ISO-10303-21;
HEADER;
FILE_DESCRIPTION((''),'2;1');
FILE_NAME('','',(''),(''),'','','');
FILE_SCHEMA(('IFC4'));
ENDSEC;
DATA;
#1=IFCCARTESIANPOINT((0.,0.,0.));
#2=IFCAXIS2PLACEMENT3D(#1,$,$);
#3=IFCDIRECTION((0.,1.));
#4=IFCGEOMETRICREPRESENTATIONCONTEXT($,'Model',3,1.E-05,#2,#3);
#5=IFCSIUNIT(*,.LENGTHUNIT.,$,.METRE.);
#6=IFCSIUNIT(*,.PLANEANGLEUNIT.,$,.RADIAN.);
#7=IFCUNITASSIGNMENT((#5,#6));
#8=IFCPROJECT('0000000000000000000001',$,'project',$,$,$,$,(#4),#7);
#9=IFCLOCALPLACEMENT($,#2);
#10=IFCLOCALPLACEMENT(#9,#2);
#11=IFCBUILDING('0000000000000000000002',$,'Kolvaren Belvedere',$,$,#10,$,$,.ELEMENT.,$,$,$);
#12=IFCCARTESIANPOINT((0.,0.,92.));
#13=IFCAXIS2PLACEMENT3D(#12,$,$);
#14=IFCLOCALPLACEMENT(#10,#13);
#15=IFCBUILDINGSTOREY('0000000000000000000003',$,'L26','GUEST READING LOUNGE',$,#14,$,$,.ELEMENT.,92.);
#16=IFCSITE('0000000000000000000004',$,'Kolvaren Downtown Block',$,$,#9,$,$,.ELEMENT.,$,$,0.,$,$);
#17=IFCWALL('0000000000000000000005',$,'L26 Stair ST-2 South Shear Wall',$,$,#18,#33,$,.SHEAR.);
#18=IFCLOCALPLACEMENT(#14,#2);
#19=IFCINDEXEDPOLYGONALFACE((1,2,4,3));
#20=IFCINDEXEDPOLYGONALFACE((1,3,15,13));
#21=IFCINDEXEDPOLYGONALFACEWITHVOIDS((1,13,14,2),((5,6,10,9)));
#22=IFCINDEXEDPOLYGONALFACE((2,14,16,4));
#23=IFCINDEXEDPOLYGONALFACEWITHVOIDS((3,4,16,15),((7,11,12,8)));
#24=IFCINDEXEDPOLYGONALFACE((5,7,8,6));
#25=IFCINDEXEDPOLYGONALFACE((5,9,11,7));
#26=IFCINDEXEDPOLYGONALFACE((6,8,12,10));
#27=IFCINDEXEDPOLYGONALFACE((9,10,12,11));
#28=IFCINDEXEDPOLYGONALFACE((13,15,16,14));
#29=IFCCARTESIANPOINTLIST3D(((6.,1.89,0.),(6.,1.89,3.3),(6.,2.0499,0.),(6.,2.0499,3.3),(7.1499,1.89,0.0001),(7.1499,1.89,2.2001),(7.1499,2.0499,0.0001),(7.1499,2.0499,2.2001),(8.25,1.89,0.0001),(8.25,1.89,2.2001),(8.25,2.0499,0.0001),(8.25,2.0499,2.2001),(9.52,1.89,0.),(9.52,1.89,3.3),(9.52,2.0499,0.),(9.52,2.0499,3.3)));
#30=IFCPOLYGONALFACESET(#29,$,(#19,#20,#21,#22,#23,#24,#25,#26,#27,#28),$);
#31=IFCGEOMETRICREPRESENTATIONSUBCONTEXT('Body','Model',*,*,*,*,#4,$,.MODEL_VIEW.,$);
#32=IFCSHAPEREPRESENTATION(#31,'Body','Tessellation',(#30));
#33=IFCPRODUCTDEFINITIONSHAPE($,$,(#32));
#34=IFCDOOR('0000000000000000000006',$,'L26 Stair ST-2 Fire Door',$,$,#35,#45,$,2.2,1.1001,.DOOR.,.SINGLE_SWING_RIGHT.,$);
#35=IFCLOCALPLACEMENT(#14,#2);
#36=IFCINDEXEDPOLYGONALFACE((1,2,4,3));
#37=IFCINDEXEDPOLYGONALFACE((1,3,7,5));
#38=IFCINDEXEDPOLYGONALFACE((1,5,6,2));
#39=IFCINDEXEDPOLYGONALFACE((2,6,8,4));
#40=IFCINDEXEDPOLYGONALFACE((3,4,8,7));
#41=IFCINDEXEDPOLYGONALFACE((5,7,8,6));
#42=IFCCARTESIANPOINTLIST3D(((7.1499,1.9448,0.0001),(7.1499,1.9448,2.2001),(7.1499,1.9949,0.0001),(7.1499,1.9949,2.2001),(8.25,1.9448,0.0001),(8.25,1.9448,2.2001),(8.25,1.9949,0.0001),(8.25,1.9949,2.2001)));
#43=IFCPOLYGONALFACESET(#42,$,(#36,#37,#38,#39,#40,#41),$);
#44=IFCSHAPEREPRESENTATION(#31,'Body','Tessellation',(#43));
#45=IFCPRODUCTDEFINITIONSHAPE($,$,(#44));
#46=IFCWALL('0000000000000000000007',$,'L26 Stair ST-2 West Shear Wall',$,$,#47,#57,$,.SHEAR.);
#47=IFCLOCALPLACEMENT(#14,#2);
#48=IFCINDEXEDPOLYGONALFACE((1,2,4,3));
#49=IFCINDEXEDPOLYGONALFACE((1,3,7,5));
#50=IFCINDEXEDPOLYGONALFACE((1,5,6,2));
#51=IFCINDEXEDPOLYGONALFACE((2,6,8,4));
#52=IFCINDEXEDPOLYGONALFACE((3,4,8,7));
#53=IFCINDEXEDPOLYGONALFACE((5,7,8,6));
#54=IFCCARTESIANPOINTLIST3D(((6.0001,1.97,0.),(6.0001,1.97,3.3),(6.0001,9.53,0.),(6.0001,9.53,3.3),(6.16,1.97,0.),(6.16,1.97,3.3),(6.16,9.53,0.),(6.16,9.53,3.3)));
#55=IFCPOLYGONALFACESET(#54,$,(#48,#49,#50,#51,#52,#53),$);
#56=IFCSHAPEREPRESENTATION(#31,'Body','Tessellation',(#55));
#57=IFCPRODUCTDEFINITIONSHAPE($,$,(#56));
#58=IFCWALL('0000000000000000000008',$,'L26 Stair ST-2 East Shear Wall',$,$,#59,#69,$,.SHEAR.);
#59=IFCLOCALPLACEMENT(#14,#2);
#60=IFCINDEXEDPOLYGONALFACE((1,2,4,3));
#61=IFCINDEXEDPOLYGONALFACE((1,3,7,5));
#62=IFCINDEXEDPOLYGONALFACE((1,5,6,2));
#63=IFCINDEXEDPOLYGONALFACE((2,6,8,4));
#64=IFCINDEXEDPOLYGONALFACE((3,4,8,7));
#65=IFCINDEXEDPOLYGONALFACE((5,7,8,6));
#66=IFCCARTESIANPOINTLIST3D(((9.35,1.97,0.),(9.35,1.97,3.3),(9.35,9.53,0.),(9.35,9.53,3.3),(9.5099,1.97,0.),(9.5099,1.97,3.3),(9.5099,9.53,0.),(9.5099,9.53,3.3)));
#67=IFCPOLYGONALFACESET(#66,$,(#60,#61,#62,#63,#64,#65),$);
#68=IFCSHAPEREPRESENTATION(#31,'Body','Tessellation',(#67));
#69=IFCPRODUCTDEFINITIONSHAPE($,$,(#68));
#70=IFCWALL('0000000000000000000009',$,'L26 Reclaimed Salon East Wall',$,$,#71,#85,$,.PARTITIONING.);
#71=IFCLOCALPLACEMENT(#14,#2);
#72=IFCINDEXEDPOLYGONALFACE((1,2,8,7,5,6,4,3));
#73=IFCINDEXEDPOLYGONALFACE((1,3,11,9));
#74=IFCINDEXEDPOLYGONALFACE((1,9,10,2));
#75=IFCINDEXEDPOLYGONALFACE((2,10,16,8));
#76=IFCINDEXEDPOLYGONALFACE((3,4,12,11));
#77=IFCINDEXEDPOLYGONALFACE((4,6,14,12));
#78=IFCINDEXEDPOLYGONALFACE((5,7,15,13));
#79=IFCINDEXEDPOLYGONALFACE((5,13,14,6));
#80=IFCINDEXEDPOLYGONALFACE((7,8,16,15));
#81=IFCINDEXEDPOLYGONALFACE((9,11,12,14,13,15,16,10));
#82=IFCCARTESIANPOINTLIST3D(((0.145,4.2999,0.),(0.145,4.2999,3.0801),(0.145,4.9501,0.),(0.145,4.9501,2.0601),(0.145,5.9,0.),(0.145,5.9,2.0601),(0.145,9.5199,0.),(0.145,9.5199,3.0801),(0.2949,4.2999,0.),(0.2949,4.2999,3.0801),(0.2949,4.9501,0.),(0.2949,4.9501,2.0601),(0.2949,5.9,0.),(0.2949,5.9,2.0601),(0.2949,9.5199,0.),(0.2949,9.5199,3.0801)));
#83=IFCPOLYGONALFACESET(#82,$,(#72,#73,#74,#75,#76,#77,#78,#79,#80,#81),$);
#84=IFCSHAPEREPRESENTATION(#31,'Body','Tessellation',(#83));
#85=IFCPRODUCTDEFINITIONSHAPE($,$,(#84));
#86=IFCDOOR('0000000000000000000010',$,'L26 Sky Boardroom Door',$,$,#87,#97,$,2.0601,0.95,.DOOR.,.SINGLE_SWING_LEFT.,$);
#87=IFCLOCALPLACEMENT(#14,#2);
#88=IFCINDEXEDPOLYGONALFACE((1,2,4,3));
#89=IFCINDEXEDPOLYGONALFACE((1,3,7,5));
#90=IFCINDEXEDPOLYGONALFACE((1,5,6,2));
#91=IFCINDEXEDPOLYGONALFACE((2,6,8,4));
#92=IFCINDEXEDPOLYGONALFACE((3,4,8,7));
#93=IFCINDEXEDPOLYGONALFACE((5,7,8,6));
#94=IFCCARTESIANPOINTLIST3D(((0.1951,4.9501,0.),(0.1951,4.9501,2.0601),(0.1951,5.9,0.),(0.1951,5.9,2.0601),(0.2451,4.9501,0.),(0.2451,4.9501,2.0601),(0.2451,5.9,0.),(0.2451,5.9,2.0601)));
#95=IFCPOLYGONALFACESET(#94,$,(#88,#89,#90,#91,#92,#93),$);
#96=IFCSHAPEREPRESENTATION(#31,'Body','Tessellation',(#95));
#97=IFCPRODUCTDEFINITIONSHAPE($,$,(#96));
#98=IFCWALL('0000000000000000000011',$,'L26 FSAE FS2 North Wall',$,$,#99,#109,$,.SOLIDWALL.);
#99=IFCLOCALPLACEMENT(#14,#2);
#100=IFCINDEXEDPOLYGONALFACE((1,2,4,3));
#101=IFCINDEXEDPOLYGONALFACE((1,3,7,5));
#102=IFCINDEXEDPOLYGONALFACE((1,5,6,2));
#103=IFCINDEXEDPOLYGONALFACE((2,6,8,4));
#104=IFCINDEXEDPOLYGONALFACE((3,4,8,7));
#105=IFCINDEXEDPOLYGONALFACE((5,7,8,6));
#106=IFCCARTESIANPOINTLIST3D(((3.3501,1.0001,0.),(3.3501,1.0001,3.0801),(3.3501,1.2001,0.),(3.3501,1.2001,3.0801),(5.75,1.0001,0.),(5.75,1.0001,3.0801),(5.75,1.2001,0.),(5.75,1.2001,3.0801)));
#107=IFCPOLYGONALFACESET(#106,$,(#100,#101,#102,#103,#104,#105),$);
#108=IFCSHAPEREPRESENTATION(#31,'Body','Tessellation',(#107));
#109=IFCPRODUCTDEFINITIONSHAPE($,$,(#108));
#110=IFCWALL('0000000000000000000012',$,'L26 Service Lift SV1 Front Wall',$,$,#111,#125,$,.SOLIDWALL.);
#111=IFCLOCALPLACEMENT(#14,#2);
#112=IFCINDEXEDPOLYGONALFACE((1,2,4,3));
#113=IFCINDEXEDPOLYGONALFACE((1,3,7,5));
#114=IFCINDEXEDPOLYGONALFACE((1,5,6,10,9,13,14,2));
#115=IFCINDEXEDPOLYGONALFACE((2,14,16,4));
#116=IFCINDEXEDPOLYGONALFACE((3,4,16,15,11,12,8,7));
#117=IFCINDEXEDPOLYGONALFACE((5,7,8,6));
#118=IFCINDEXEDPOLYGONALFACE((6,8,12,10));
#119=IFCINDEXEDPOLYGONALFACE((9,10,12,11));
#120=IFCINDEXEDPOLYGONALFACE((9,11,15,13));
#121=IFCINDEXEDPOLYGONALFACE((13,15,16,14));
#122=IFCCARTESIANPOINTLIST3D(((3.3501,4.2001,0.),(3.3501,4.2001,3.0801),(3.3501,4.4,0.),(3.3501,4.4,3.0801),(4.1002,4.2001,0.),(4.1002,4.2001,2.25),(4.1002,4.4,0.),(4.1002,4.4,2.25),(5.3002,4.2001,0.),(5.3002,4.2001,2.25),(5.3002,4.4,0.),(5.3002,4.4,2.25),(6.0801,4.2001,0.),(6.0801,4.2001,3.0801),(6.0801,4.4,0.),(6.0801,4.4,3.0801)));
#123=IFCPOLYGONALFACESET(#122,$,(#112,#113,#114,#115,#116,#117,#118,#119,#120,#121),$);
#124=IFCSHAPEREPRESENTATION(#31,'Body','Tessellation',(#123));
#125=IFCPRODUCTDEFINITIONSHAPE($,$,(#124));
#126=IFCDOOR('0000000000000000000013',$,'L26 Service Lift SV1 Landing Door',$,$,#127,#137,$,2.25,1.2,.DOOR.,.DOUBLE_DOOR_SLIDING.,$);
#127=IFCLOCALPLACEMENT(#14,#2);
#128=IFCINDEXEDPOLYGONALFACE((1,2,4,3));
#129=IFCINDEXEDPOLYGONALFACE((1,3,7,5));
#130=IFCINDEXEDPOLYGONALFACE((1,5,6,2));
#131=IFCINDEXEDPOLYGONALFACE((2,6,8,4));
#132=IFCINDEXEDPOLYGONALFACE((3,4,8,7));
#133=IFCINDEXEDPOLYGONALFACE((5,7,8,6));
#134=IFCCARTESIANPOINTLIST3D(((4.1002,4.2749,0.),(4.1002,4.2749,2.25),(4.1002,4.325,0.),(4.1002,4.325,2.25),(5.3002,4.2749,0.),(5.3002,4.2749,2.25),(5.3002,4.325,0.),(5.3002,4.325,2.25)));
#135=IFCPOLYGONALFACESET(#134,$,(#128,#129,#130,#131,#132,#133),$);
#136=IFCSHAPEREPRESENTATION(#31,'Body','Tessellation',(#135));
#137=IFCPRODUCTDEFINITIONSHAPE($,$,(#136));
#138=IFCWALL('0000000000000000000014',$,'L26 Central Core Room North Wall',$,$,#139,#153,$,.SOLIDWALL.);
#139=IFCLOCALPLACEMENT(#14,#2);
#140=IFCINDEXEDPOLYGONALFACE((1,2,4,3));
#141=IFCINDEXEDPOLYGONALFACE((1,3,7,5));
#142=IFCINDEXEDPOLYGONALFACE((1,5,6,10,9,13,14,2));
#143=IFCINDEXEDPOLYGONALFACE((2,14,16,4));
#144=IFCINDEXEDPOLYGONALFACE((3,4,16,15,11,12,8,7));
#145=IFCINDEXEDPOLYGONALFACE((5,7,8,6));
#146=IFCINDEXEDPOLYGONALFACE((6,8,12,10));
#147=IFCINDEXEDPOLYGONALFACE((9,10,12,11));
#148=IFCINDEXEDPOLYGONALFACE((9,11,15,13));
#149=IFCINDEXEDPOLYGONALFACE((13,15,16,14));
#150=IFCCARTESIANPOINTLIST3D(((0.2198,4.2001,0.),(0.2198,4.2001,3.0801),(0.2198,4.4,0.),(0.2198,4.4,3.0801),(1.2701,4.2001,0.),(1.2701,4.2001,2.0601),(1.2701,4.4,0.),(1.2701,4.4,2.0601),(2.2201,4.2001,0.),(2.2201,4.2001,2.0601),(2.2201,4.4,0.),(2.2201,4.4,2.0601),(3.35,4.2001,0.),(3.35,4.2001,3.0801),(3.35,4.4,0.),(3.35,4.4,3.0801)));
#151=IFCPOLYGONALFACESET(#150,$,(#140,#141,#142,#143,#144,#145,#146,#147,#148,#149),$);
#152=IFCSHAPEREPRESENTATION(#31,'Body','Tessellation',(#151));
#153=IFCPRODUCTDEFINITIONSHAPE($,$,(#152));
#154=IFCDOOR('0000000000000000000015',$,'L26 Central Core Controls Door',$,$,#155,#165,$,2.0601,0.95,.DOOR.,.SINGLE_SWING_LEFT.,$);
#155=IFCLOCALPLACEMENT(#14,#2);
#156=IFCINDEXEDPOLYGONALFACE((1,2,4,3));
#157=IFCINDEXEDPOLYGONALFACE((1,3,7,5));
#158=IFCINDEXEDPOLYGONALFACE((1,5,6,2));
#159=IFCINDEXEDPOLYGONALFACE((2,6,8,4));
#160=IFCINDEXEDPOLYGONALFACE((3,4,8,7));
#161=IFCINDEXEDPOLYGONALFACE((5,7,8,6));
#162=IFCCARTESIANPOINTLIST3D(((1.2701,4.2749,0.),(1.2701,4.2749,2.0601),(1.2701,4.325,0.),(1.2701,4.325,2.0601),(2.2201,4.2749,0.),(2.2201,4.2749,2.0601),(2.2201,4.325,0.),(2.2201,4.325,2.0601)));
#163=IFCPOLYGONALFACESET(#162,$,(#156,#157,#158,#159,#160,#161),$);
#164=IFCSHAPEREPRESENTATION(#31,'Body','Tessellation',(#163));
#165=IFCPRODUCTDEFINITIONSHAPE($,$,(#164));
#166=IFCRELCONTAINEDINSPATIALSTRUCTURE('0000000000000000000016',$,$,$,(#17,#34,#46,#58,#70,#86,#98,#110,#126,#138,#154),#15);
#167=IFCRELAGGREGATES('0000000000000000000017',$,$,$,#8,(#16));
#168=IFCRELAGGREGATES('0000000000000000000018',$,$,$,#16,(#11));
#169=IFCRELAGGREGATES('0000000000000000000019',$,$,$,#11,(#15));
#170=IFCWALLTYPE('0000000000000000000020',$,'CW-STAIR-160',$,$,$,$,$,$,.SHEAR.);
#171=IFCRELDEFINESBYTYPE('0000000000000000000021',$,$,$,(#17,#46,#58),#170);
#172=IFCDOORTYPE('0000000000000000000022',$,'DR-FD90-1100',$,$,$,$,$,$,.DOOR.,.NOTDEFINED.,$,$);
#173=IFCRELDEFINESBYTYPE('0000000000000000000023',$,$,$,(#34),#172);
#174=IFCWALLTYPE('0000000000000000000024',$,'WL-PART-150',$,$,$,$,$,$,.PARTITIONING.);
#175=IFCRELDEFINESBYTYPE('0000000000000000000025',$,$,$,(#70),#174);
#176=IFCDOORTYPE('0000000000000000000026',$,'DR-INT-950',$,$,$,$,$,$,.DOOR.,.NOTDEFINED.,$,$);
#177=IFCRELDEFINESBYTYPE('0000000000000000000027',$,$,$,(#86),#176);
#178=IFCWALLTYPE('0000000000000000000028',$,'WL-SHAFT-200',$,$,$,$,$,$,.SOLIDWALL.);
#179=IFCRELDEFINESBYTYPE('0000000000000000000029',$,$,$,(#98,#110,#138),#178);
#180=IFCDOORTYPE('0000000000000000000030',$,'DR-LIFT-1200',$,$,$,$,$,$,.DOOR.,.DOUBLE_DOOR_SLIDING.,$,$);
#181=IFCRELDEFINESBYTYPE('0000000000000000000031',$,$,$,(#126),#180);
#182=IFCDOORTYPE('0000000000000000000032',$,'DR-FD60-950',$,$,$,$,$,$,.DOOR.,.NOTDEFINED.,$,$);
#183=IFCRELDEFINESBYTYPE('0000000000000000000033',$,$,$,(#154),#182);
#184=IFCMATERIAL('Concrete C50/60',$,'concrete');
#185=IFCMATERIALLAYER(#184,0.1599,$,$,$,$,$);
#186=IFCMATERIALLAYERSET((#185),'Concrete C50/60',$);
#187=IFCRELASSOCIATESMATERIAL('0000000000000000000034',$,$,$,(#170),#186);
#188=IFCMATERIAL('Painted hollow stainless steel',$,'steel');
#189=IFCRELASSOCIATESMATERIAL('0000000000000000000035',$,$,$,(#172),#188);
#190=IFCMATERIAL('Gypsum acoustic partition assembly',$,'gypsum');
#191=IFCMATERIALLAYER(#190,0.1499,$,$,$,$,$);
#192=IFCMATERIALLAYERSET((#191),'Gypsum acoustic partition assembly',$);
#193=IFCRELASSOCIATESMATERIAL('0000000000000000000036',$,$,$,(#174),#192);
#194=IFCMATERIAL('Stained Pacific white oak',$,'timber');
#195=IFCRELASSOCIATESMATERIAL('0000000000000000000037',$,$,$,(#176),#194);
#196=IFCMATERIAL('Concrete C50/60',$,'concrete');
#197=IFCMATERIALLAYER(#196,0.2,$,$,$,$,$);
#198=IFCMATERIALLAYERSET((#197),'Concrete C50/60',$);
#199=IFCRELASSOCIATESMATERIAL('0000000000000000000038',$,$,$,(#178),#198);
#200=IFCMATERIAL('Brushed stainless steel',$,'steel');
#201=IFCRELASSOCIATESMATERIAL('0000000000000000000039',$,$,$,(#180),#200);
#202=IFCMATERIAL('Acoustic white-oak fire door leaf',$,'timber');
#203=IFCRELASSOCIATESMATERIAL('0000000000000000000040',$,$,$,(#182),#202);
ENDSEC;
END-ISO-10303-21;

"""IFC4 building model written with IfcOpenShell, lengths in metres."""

from ifc_helpers import new_model, si_unit, direction, frame, frame_2d, origin, place, context, subcontext, project, spatial, rectangle, extrude, material, layer, layer_set, type_object, element, fill, save


model = new_model("IFC4")

# Units and contexts
model_context = context("Model", 3, precision=1e-05, world=origin(), true_north=direction((0.0, 1.0)))
body_context = subcontext(model_context, "Body", "Model", "MODEL_VIEW")
ifc_project = project(units=[si_unit("LENGTHUNIT", "METRE"), si_unit("PLANEANGLEUNIT", "RADIAN")], contexts=[model_context])

# Site, building, storey
site_placement = place(None, origin())
site = spatial("IfcSite", under=ifc_project, at=site_placement, Name="Kolvaren Downtown Block", CompositionType="ELEMENT", RefElevation=0.0)
building_placement = place(site_placement, origin())
building = spatial("IfcBuilding", under=site, at=building_placement, Name="Kolvaren Belvedere", CompositionType="ELEMENT")
storey_placement = place(building_placement, frame((0.0, 0.0, 92.0)))
storey = spatial("IfcBuildingStorey", under=building, at=storey_placement, Name="L26", Description="GUEST READING LOUNGE", CompositionType="ELEMENT", Elevation=92.0)

# Wall, opening, door
ifc_material_1 = material(Name="Concrete C50/60", Category="concrete")
ifc_layer_1 = layer(ifc_material_1, 0.1599)
ifc_layer_set_1 = layer_set([ifc_layer_1], Name="Concrete C50/60")
wall_type_1 = type_object("IfcWallType", Name="CW-STAIR-160", PredefinedType="SHEAR", material=ifc_layer_set_1)
wall_1_placement = place(storey_placement, frame((6.0, 1.97, 0.0), z_axis=(0.0, 0.0, 1.0), x_axis=(1.0, 0.0, 0.0)))
wall_1 = element("IfcWall", 1, at=wall_1_placement, inside=storey, type_object=wall_type_1, Name="L26 Stair ST-2 South Shear Wall", PredefinedType="SHEAR", context=body_context, shape_type="SweptSolid", body=[
    extrude(rectangle(XDim=3.52, YDim=0.1599, at=frame_2d((1.76, 0.0))), origin(), (0.0, 0.0, 1.0), 3.3),
])
opening_1_placement = place(wall_1_placement, frame((1.1499, 0.0, 0.0)))
opening_1 = element("IfcOpeningElement", 2, at=opening_1_placement, cuts=wall_1, PredefinedType="OPENING", context=body_context, shape_type="SweptSolid", body=[
    extrude(rectangle(XDim=1.1001, YDim=2.2, at=frame_2d((0.55, 1.1001))), frame((0.0, 0.0898, 0.0), z_axis=(0.0, -1.0, 0.0), x_axis=(1.0, 0.0, 0.0)), (0.0, 0.0, 1.0), 0.1799),
])
ifc_material_2 = material(Name="Painted hollow stainless steel", Category="steel")
door_type_1 = type_object("IfcDoorType", Name="DR-FD90-1100", OperationType="NOTDEFINED", PredefinedType="DOOR", material=ifc_material_2)
door_1_placement = place(opening_1_placement, origin())
door_1 = element("IfcDoor", 3, at=door_1_placement, inside=storey, type_object=door_type_1, Name="L26 Stair ST-2 Fire Door", OperationType="SINGLE_SWING_RIGHT", OverallHeight=2.2, OverallWidth=1.1001, PredefinedType="DOOR", context=body_context, shape_type="SweptSolid", body=[
    extrude(rectangle(XDim=1.1001, YDim=2.2, at=frame_2d((0.55, 1.1001))), frame((0.0, 0.0249, 0.0), z_axis=(0.0, -1.0, 0.0), x_axis=(1.0, 0.0, 0.0)), (0.0, 0.0, 1.0), 0.05),
])
fill(opening_1, door_1)

# Walls
for number, where, z_axis, x_axis, name in (
    (4, (6.0801, 1.97, 0.0), (0.0, 0.0, 1.0), (0.0, 1.0, 0.0), "L26 Stair ST-2 West Shear Wall"),
    (5, (9.4299, 1.97, 0.0), (0.0, 0.0, 1.0), (0.0, 1.0, 0.0), "L26 Stair ST-2 East Shear Wall"),
):
    element("IfcWall", number, at=place(storey_placement, frame(where, z_axis=z_axis, x_axis=x_axis)), inside=storey, type_object=wall_type_1, Name=name, PredefinedType="SHEAR", context=body_context, shape_type="SweptSolid", body=[
        extrude(rectangle(XDim=7.5601, YDim=0.1599, at=frame_2d((3.78, 0.0))), origin(), (0.0, 0.0, 1.0), 3.3),
    ])

# Wall, opening, door
ifc_material_3 = material(Name="Gypsum acoustic partition assembly", Category="gypsum")
ifc_layer_2 = layer(ifc_material_3, 0.1499)
ifc_layer_set_2 = layer_set([ifc_layer_2], Name="Gypsum acoustic partition assembly")
wall_type_2 = type_object("IfcWallType", Name="WL-PART-150", PredefinedType="PARTITIONING", material=ifc_layer_set_2)
wall_2_placement = place(storey_placement, frame((0.22, 4.3, 0.0), z_axis=(0.0, 0.0, 1.0), x_axis=(0.0, 1.0, 0.0)))
wall_2 = element("IfcWall", 6, at=wall_2_placement, inside=storey, type_object=wall_type_2, Name="L26 Reclaimed Salon East Wall", PredefinedType="PARTITIONING", context=body_context, shape_type="SweptSolid", body=[
    extrude(rectangle(XDim=5.22, YDim=0.1499, at=frame_2d((2.6099, 0.0))), origin(), (0.0, 0.0, 1.0), 3.0801),
])
opening_2_placement = place(wall_2_placement, frame((0.6499, 0.0, 0.0)))
opening_2 = element("IfcOpeningElement", 7, at=opening_2_placement, cuts=wall_2, PredefinedType="OPENING", context=body_context, shape_type="SweptSolid", body=[
    extrude(rectangle(XDim=0.95, YDim=2.0601, at=frame_2d((0.4751, 1.03))), frame((0.0, 0.085, 0.0), z_axis=(0.0, -1.0, 0.0), x_axis=(1.0, 0.0, 0.0)), (0.0, 0.0, 1.0), 0.1699),
])
ifc_material_4 = material(Name="Stained Pacific white oak", Category="timber")
door_type_2 = type_object("IfcDoorType", Name="DR-INT-950", OperationType="NOTDEFINED", PredefinedType="DOOR", material=ifc_material_4)
door_2_placement = place(opening_2_placement, origin())
door_2 = element("IfcDoor", 8, at=door_2_placement, inside=storey, type_object=door_type_2, Name="L26 Sky Boardroom Door", OperationType="SINGLE_SWING_LEFT", OverallHeight=2.0601, OverallWidth=0.95, PredefinedType="DOOR", context=body_context, shape_type="SweptSolid", body=[
    extrude(rectangle(XDim=0.95, YDim=2.0601, at=frame_2d((0.4751, 1.03))), frame((0.0, 0.0249, 0.0), z_axis=(0.0, -1.0, 0.0), x_axis=(1.0, 0.0, 0.0)), (0.0, 0.0, 1.0), 0.05),
])
fill(opening_2, door_2)

# Wall
ifc_material_5 = material(Name="Concrete C50/60", Category="concrete")
ifc_layer_3 = layer(ifc_material_5, 0.2)
ifc_layer_set_3 = layer_set([ifc_layer_3], Name="Concrete C50/60")
wall_type_3 = type_object("IfcWallType", Name="WL-SHAFT-200", PredefinedType="SOLIDWALL", material=ifc_layer_set_3)
wall_3_placement = place(storey_placement, frame((3.3501, 1.1001, 0.0), z_axis=(0.0, 0.0, 1.0), x_axis=(1.0, 0.0, 0.0)))
element("IfcWall", 9, at=wall_3_placement, inside=storey, type_object=wall_type_3, Name="L26 FSAE FS2 North Wall", PredefinedType="SOLIDWALL", context=body_context, shape_type="SweptSolid", body=[
    extrude(rectangle(XDim=2.3999, YDim=0.2, at=frame_2d((1.2, 0.0))), origin(), (0.0, 0.0, 1.0), 3.0801),
])

# Walls, openings, doors
wall_4_placement = place(storey_placement, frame((3.3501, 4.3, 0.0), z_axis=(0.0, 0.0, 1.0), x_axis=(1.0, 0.0, 0.0)))
wall_4 = element("IfcWall", 10, at=wall_4_placement, inside=storey, type_object=wall_type_3, Name="L26 Service Lift SV1 Front Wall", PredefinedType="SOLIDWALL", context=body_context, shape_type="SweptSolid", body=[
    extrude(rectangle(XDim=2.73, YDim=0.2, at=frame_2d((1.365, 0.0))), origin(), (0.0, 0.0, 1.0), 3.0801),
])
opening_3_placement = place(wall_4_placement, frame((0.75, 0.0, 0.0)))
opening_3 = element("IfcOpeningElement", 11, at=opening_3_placement, cuts=wall_4, PredefinedType="OPENING", context=body_context, shape_type="SweptSolid", body=[
    extrude(rectangle(XDim=1.2, YDim=2.25, at=frame_2d((0.6001, 1.125))), frame((0.0, 0.1099, 0.0), z_axis=(0.0, -1.0, 0.0), x_axis=(1.0, 0.0, 0.0)), (0.0, 0.0, 1.0), 0.22),
])
ifc_material_6 = material(Name="Brushed stainless steel", Category="steel")
door_type_3 = type_object("IfcDoorType", Name="DR-LIFT-1200", OperationType="DOUBLE_DOOR_SLIDING", PredefinedType="DOOR", material=ifc_material_6)
door_3_placement = place(opening_3_placement, origin())
door_3 = element("IfcDoor", 12, at=door_3_placement, inside=storey, type_object=door_type_3, Name="L26 Service Lift SV1 Landing Door", OperationType="DOUBLE_DOOR_SLIDING", OverallHeight=2.25, OverallWidth=1.2, PredefinedType="DOOR", context=body_context, shape_type="SweptSolid", body=[
    extrude(rectangle(XDim=1.2, YDim=2.25, at=frame_2d((0.6001, 1.125))), frame((0.0, 0.0249, 0.0), z_axis=(0.0, -1.0, 0.0), x_axis=(1.0, 0.0, 0.0)), (0.0, 0.0, 1.0), 0.05),
])
fill(opening_3, door_3)
wall_5_placement = place(storey_placement, frame((0.22, 4.3, 0.0), z_axis=(0.0, 0.0, 1.0), x_axis=(1.0, 0.0, 0.0)))
wall_5 = element("IfcWall", 13, at=wall_5_placement, inside=storey, type_object=wall_type_3, Name="L26 Central Core Room North Wall", PredefinedType="SOLIDWALL", context=body_context, shape_type="SweptSolid", body=[
    extrude(rectangle(XDim=3.1301, YDim=0.2, at=frame_2d((1.5649, 0.0))), origin(), (0.0, 0.0, 1.0), 3.0801),
])
opening_4_placement = place(wall_5_placement, frame((1.05, 0.0, 0.0)))
opening_4 = element("IfcOpeningElement", 14, at=opening_4_placement, cuts=wall_5, PredefinedType="OPENING", context=body_context, shape_type="SweptSolid", body=[
    extrude(rectangle(XDim=0.95, YDim=2.0601, at=frame_2d((0.4751, 1.03))), frame((0.0, 0.1099, 0.0), z_axis=(0.0, -1.0, 0.0), x_axis=(1.0, 0.0, 0.0)), (0.0, 0.0, 1.0), 0.22),
])
ifc_material_7 = material(Name="Acoustic white-oak fire door leaf", Category="timber")
door_type_4 = type_object("IfcDoorType", Name="DR-FD60-950", OperationType="NOTDEFINED", PredefinedType="DOOR", material=ifc_material_7)
door_4_placement = place(opening_4_placement, origin())
door_4 = element("IfcDoor", 15, at=door_4_placement, inside=storey, type_object=door_type_4, Name="L26 Central Core Controls Door", OperationType="SINGLE_SWING_LEFT", OverallHeight=2.0601, OverallWidth=0.95, PredefinedType="DOOR", context=body_context, shape_type="SweptSolid", body=[
    extrude(rectangle(XDim=0.95, YDim=2.0601, at=frame_2d((0.4751, 1.03))), frame((0.0, 0.0249, 0.0), z_axis=(0.0, -1.0, 0.0), x_axis=(1.0, 0.0, 0.0)), (0.0, 0.0, 1.0), 0.05),
])
fill(opening_4, door_4)

save(model, "model.ifc")
